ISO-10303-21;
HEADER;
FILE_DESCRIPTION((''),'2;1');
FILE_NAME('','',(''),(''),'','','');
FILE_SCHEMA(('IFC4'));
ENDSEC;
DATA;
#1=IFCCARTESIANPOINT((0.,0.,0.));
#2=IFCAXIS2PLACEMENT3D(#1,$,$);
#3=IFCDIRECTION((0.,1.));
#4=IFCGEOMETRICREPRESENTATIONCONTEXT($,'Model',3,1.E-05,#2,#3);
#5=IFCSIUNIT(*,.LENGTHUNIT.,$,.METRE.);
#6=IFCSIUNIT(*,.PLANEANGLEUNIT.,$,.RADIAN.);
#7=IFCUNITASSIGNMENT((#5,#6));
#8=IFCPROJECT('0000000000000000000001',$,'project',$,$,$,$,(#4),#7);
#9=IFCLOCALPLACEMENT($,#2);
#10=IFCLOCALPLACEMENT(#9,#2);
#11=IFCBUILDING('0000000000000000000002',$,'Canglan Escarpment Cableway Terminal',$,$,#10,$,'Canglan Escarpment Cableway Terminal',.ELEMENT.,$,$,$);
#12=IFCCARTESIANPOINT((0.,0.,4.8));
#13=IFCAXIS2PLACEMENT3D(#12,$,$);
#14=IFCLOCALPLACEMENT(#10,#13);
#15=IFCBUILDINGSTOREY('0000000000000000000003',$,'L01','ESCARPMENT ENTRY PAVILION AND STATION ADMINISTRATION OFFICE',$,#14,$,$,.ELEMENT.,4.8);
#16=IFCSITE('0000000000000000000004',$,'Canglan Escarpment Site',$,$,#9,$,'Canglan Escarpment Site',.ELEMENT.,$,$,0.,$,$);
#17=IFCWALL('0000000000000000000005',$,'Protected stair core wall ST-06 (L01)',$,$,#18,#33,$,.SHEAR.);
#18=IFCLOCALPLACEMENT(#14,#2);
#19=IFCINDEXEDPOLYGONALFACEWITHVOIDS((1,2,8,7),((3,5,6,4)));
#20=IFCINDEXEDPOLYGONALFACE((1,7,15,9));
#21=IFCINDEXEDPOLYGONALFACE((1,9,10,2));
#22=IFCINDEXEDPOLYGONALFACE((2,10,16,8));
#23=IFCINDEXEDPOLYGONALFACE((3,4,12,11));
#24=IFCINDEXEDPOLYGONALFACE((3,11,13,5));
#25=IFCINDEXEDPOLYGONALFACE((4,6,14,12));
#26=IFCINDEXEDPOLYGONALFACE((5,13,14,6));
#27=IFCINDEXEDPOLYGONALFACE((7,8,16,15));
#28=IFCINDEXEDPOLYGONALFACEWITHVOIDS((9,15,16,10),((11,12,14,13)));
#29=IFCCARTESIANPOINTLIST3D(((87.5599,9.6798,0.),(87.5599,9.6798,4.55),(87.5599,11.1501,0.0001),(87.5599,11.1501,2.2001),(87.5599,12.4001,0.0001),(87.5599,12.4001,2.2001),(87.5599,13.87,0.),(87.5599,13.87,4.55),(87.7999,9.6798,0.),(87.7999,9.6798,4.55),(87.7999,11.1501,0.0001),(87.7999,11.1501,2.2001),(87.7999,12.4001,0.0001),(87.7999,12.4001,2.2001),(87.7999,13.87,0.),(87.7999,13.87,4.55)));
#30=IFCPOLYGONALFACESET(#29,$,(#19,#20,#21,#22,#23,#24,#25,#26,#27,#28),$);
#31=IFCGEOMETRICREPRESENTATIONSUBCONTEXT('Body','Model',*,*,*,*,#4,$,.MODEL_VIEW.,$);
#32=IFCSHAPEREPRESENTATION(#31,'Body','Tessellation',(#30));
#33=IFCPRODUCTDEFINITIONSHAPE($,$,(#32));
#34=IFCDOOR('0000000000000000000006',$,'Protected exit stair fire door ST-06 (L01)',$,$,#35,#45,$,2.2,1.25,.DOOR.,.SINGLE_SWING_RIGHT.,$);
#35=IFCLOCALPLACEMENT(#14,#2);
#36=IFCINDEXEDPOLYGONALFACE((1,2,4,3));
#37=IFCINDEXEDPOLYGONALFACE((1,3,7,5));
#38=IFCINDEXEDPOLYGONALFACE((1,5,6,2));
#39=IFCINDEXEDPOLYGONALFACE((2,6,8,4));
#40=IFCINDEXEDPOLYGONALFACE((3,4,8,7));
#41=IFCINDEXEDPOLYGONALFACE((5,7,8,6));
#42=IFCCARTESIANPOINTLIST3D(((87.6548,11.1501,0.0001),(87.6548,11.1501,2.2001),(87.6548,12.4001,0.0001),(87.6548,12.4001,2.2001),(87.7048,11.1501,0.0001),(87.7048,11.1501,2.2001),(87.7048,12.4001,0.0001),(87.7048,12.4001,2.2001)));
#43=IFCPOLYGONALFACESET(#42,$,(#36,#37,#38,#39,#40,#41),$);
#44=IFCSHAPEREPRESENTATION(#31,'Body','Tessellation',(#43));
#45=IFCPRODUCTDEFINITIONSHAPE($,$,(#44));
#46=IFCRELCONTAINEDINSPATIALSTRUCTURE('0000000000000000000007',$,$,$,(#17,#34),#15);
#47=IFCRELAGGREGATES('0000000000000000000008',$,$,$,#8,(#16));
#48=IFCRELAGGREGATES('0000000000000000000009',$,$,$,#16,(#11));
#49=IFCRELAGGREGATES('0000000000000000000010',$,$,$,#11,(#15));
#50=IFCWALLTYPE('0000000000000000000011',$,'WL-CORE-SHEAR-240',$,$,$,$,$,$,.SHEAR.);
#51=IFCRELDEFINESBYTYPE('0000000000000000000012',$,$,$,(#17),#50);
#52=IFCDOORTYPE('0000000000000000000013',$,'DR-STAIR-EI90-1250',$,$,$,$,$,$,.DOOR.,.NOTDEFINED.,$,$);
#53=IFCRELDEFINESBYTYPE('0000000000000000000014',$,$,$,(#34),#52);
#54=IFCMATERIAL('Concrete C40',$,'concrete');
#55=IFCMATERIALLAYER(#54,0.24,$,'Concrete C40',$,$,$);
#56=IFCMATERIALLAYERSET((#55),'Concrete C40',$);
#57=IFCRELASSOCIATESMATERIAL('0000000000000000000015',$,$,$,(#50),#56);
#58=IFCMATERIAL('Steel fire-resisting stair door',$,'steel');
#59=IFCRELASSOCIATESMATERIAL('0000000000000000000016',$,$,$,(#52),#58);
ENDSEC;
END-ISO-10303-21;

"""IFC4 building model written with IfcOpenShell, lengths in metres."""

from ifc_helpers import new_model, si_unit, direction, frame, frame_2d, origin, place, context, subcontext, project, spatial, rectangle, extrude, material, layer, layer_set, type_object, element, fill, save


model = new_model("IFC4")

# Units and contexts
model_context = context("Model", 3, precision=1e-05, world=origin(), true_north=direction((0.0, 1.0)))
body_context = subcontext(model_context, "Body", "Model", "MODEL_VIEW")
ifc_project = project(units=[si_unit("LENGTHUNIT", "METRE"), si_unit("PLANEANGLEUNIT", "RADIAN")], contexts=[model_context])

# Site, building, storey
site_placement = place(None, origin())
site = spatial("IfcSite", under=ifc_project, at=site_placement, Name="Canglan Escarpment Site", LongName="Canglan Escarpment Site", CompositionType="ELEMENT", RefElevation=0.0)
building_placement = place(site_placement, origin())
building = spatial("IfcBuilding", under=site, at=building_placement, Name="Canglan Escarpment Cableway Terminal", LongName="Canglan Escarpment Cableway Terminal", CompositionType="ELEMENT")
storey_placement = place(building_placement, frame((0.0, 0.0, 4.8)))
storey = spatial("IfcBuildingStorey", under=building, at=storey_placement, Name="L01", Description="ESCARPMENT ENTRY PAVILION AND STATION ADMINISTRATION OFFICE", CompositionType="ELEMENT", Elevation=4.8)

# Shared definitions
ifc_material_1 = material(Name="Concrete C40", Category="concrete")

# Shared definitions
ifc_layer_1 = layer(ifc_material_1, 0.24, Name="Concrete C40")
ifc_layer_set_1 = layer_set([ifc_layer_1], Name="Concrete C40")
wall_type_1 = type_object("IfcWallType", Name="WL-CORE-SHEAR-240", PredefinedType="SHEAR", material=ifc_layer_set_1)

# Wall, opening, door
wall_1_placement = place(storey_placement, frame((87.6799, 13.8701, 0.0), z_axis=(0.0, 0.0, 1.0), x_axis=(0.0, -1.0, 0.0)))
wall_1 = element("IfcWall", 1, at=wall_1_placement, inside=storey, type_object=wall_type_1, Name="Protected stair core wall ST-06 (L01)", PredefinedType="SHEAR", context=body_context, shape_type="SweptSolid", body=[
    extrude(rectangle(XDim=4.1902, YDim=0.24, at=frame_2d((2.0952, 0.0))), origin(), (0.0, 0.0, 1.0), 4.55),
])
opening_placement = place(wall_1_placement, frame((1.47, 0.0, 0.0)))
opening = element("IfcOpeningElement", 2, at=opening_placement, cuts=wall_1, PredefinedType="OPENING", context=body_context, shape_type="SweptSolid", body=[
    extrude(rectangle(XDim=1.25, YDim=2.2, at=frame_2d((0.625, 1.1001))), frame((0.0, 0.1299, 0.0), z_axis=(0.0, -1.0, 0.0), x_axis=(1.0, 0.0, 0.0)), (0.0, 0.0, 1.0), 0.26),
])
ifc_material_2 = material(Name="Steel fire-resisting stair door", Category="steel")
door_type = type_object("IfcDoorType", Name="DR-STAIR-EI90-1250", OperationType="NOTDEFINED", PredefinedType="DOOR", material=ifc_material_2)
door_placement = place(opening_placement, origin())
door = element("IfcDoor", 3, at=door_placement, inside=storey, type_object=door_type, Name="Protected exit stair fire door ST-06 (L01)", OperationType="SINGLE_SWING_RIGHT", OverallHeight=2.2, OverallWidth=1.25, PredefinedType="DOOR", context=body_context, shape_type="SweptSolid", body=[
    extrude(rectangle(XDim=1.25, YDim=2.2, at=frame_2d((0.625, 1.1001))), frame((0.0, 0.0249, 0.0), z_axis=(0.0, -1.0, 0.0), x_axis=(1.0, 0.0, 0.0)), (0.0, 0.0, 1.0), 0.05),
])
fill(opening, door)

save(model, "model.ifc")
